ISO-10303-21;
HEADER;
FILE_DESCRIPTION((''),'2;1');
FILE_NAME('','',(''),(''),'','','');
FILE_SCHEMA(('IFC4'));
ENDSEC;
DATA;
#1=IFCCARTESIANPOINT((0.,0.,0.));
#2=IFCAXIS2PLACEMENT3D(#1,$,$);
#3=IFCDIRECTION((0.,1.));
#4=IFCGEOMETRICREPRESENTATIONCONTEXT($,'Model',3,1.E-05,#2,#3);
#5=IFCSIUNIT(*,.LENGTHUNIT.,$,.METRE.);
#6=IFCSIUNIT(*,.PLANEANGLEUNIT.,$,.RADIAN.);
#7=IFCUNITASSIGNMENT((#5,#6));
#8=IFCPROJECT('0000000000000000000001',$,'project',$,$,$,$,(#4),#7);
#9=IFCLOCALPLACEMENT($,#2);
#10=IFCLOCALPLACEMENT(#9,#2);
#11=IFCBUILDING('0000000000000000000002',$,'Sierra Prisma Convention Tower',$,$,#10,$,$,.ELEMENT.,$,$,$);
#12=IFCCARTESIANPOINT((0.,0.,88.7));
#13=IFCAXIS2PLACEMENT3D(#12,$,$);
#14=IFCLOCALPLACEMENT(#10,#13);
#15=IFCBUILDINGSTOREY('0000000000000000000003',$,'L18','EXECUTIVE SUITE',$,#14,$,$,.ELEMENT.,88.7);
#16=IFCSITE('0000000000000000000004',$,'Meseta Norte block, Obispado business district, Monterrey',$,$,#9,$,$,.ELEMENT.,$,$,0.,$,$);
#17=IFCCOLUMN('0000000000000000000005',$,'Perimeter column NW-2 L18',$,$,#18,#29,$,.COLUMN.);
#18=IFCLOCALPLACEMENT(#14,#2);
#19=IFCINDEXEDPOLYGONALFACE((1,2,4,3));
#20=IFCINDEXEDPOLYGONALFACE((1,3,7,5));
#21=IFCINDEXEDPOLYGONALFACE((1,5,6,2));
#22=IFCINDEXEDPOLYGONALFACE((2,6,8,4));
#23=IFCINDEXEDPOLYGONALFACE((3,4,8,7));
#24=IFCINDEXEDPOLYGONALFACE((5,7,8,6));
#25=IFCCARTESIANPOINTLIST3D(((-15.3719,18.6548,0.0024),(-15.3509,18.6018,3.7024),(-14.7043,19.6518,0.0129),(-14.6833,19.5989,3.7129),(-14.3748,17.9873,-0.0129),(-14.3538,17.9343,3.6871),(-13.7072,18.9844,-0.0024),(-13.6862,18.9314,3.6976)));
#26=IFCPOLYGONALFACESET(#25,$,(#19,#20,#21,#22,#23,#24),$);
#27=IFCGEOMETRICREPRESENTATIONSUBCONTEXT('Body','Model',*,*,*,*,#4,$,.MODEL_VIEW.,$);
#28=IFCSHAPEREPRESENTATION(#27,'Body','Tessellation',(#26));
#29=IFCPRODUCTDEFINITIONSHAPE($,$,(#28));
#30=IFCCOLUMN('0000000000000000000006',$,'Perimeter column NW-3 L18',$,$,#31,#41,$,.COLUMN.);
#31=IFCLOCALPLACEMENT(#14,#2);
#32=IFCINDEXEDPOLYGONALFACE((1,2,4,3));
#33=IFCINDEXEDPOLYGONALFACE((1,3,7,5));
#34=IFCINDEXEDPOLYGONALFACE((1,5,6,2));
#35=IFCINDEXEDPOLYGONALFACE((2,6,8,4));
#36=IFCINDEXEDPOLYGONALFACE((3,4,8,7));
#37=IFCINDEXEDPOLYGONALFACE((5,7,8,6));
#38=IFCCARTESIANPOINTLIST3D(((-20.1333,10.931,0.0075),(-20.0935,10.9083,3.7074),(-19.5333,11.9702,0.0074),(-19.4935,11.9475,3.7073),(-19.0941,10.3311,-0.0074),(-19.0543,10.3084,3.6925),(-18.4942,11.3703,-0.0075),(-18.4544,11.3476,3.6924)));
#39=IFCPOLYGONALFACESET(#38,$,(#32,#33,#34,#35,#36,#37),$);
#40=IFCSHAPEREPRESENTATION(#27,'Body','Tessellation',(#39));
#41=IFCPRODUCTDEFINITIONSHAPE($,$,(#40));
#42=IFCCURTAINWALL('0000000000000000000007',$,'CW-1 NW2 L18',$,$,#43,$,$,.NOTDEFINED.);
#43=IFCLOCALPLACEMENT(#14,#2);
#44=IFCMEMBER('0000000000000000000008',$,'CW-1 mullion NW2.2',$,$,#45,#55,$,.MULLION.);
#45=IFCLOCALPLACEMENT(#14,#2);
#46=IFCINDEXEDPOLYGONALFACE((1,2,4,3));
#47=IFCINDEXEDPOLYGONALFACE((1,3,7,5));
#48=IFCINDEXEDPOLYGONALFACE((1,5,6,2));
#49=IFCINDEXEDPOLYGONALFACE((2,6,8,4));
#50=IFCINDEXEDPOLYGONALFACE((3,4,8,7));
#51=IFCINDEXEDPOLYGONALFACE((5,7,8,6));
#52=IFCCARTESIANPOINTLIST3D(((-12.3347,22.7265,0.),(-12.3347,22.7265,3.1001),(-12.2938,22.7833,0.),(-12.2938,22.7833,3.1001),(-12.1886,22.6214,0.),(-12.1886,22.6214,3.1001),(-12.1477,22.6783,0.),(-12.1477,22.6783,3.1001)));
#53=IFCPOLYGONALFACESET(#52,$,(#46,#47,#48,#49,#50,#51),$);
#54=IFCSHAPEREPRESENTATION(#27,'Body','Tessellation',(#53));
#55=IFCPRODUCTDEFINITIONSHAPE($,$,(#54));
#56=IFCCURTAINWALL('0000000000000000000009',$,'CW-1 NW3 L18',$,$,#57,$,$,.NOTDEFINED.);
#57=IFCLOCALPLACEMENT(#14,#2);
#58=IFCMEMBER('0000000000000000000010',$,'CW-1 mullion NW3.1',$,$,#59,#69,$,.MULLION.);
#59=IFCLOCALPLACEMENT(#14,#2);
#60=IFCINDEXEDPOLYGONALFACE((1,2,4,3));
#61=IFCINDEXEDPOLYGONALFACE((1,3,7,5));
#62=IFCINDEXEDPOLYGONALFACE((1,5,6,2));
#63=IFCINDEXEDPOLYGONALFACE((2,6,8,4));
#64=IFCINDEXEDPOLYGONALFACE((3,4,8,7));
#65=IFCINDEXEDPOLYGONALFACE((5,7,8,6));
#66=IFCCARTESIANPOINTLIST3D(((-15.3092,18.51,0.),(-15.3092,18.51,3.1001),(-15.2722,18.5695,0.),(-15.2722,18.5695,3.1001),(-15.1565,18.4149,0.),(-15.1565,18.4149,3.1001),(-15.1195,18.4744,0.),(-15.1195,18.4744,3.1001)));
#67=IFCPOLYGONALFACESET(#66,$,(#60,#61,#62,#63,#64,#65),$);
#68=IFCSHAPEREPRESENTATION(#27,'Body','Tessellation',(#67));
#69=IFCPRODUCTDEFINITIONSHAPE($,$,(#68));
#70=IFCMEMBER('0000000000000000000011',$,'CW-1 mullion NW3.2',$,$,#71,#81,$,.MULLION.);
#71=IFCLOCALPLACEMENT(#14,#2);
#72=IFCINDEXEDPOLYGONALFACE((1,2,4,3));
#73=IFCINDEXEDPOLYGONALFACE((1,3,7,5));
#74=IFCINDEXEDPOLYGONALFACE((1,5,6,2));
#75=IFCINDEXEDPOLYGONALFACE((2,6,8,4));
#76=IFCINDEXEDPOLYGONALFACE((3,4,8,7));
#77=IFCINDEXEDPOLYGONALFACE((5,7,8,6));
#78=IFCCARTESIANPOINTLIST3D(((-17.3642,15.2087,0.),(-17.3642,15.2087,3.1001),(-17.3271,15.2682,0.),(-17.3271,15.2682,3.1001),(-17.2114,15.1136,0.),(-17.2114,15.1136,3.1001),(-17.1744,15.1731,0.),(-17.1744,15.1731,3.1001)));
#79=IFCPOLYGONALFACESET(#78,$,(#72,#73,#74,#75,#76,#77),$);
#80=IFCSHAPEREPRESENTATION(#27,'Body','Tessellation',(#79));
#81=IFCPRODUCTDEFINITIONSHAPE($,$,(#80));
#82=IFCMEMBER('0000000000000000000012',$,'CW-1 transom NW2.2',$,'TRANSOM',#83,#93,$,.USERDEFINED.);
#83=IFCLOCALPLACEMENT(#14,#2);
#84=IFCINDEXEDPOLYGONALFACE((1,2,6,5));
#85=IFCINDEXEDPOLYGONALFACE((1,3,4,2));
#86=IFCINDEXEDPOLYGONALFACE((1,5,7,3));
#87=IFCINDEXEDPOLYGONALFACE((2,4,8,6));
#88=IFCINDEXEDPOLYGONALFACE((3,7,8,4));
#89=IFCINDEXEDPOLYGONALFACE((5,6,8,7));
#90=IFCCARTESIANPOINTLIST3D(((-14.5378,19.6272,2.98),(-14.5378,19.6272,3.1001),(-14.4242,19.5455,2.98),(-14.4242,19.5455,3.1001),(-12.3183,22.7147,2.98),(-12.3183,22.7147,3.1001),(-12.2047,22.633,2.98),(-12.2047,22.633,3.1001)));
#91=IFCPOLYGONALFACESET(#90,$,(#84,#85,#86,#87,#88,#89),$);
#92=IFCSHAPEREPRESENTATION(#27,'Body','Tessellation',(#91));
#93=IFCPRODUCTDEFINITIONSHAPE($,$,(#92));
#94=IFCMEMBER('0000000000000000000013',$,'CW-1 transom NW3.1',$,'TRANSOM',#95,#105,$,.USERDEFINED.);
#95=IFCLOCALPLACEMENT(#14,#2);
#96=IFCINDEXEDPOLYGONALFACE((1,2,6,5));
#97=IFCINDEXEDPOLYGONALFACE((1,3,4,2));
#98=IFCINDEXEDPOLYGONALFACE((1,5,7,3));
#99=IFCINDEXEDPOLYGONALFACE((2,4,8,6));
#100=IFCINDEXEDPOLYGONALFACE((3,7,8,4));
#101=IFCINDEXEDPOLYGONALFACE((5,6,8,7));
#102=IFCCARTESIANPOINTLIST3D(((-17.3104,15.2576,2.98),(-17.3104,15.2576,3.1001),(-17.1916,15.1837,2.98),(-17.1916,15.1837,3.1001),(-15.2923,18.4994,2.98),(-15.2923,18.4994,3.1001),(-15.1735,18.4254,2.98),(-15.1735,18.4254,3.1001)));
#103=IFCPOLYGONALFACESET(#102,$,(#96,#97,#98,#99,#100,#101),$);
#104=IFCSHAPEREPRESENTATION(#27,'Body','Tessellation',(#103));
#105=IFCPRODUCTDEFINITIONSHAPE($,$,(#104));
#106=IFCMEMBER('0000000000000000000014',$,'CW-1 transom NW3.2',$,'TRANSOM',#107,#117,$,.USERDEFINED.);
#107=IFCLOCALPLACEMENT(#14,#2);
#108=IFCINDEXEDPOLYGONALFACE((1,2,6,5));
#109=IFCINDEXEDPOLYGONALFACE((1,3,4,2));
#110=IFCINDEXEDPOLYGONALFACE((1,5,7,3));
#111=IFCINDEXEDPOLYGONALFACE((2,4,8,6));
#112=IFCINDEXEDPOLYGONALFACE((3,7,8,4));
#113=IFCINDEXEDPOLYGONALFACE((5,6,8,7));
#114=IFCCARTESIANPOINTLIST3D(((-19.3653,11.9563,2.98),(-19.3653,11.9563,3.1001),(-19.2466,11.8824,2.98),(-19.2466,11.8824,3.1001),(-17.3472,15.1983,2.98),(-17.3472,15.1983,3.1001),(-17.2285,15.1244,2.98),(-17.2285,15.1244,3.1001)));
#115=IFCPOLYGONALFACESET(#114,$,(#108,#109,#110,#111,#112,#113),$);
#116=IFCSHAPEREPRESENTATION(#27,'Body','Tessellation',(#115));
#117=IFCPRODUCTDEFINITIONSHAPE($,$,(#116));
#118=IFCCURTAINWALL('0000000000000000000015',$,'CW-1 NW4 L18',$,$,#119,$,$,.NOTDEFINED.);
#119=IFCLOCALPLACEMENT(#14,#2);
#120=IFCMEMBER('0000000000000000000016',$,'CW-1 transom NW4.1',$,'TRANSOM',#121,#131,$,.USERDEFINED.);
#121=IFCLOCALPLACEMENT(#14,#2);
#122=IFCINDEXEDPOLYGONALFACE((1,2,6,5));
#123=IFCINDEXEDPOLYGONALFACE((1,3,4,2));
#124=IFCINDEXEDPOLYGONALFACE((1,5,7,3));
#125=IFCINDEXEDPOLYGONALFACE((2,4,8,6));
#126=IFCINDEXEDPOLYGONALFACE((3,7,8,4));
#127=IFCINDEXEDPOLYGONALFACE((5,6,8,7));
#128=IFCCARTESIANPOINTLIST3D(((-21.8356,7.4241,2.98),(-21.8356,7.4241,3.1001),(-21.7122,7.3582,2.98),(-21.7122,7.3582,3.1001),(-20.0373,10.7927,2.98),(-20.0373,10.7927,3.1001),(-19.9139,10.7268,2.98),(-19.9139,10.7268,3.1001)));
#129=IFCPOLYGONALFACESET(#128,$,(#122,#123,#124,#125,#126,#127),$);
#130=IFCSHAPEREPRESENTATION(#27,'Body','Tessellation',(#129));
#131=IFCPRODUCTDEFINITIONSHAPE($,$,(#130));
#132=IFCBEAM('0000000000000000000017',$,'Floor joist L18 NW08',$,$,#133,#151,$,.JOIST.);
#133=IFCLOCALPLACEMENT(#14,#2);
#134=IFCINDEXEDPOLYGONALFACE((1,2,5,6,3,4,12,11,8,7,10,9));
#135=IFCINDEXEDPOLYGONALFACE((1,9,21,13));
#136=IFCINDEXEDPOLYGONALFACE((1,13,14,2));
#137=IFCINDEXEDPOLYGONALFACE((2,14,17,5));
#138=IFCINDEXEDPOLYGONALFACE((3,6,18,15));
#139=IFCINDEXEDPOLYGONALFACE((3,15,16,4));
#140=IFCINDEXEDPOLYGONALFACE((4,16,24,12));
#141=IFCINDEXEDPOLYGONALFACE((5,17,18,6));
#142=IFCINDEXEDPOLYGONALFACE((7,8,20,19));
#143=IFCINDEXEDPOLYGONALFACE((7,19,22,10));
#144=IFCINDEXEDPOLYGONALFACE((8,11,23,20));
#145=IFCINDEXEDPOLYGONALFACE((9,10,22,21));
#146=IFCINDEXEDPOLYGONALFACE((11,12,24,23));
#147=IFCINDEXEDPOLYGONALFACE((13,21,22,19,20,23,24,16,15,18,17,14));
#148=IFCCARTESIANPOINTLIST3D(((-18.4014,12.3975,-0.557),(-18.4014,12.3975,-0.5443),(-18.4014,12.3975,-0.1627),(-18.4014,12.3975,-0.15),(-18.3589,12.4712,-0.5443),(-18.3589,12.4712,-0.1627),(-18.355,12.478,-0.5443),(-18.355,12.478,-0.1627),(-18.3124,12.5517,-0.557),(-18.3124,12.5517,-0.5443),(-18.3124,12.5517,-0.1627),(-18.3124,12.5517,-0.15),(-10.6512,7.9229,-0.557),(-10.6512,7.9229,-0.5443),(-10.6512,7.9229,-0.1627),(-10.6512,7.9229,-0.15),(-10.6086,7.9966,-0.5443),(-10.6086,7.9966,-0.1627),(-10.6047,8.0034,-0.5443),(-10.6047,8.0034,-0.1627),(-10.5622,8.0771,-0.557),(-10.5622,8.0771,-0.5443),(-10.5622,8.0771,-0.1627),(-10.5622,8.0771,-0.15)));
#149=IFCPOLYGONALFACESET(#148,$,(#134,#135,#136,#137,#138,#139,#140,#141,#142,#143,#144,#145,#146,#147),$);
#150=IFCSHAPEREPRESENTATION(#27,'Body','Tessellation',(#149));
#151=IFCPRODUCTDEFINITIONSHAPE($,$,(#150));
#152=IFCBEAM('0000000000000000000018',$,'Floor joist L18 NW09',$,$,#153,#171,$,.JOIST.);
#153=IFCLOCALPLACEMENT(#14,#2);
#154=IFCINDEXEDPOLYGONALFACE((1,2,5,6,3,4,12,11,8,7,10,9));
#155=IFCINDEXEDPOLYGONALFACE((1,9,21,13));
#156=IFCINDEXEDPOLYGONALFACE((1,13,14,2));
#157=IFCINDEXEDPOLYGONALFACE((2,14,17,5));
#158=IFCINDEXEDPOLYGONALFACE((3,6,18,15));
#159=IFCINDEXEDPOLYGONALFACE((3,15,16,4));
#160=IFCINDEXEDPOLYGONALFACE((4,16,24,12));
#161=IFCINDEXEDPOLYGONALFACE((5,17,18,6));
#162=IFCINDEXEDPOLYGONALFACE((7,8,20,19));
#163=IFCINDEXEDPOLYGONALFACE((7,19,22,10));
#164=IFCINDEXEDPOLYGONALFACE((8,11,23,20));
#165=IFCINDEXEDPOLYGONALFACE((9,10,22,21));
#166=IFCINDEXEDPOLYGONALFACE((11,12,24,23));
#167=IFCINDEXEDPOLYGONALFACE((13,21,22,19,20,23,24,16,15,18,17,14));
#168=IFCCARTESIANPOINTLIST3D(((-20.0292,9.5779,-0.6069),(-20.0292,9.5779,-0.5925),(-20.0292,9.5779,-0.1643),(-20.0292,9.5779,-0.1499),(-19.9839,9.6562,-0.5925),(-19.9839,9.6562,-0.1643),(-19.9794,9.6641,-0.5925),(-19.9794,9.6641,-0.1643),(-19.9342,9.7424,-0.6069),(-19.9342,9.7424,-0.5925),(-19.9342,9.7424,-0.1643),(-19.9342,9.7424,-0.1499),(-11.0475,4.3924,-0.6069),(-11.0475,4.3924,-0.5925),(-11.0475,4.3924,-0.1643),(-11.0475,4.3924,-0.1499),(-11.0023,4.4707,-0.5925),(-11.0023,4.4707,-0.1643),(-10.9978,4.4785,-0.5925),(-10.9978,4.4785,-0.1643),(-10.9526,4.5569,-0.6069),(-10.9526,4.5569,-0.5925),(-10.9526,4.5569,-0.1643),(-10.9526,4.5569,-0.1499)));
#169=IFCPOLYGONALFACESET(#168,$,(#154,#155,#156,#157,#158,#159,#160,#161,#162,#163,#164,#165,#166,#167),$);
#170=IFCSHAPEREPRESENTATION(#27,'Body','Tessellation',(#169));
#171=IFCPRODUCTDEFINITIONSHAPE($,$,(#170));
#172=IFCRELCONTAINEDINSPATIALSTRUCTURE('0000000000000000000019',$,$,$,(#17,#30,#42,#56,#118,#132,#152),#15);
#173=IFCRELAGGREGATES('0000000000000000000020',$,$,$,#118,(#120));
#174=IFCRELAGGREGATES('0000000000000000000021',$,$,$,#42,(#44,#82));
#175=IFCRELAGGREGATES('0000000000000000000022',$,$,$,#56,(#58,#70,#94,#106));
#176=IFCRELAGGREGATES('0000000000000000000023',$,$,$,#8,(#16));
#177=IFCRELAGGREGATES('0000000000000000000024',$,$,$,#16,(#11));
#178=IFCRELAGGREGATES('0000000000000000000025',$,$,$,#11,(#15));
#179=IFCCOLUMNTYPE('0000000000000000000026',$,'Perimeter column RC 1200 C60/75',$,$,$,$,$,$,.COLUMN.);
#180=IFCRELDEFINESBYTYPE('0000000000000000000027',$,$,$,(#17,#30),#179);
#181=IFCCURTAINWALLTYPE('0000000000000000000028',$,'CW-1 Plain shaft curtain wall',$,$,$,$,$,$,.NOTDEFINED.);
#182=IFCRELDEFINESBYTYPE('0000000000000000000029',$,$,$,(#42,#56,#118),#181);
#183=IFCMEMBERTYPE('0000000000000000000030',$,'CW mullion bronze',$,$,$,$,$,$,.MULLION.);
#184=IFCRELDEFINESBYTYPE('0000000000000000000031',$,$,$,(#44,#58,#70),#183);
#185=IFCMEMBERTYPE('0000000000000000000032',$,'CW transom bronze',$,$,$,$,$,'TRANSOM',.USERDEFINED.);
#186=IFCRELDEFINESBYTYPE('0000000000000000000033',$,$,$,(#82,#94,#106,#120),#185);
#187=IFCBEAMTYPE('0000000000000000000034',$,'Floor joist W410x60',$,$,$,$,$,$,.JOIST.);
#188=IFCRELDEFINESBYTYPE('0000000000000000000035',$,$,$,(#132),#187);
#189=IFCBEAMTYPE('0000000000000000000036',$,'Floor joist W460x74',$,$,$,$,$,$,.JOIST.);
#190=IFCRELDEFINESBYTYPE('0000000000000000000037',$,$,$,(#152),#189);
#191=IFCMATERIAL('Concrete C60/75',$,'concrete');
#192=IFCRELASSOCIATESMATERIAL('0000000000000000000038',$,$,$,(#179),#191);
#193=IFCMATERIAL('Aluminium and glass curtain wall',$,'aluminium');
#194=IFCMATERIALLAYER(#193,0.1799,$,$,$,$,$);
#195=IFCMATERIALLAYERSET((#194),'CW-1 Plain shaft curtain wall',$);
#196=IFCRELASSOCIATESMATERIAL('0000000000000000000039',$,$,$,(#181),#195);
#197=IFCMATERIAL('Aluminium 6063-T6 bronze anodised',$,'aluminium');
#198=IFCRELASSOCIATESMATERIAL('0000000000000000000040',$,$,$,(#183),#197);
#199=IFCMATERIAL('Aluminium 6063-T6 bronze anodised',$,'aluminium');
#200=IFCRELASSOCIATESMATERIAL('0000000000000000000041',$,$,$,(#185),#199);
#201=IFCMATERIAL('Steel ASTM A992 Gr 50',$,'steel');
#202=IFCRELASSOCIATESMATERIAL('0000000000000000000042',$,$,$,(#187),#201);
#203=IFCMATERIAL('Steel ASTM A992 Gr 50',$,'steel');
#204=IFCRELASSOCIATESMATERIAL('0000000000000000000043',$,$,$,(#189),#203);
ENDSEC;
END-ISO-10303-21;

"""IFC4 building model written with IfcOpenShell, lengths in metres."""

from ifc_helpers import new_model, si_unit, direction, frame, origin, origin_2d, place, context, subcontext, project, spatial, rectangle, i_section, extrude, material, layer, layer_set, material_profile, profile_set, type_object, element, aggregate, save


model = new_model("IFC4")

# Units and contexts
model_context = context("Model", 3, precision=1e-05, world=origin(), true_north=direction((0.0, 1.0)))
body_context = subcontext(model_context, "Body", "Model", "MODEL_VIEW")
ifc_project = project(units=[si_unit("LENGTHUNIT", "METRE"), si_unit("PLANEANGLEUNIT", "RADIAN")], contexts=[model_context])

# Site, building, storey
site_placement = place(None, origin())
site = spatial("IfcSite", under=ifc_project, at=site_placement, Name="Meseta Norte block, Obispado business district, Monterrey", CompositionType="ELEMENT", RefElevation=0.0)
building_placement = place(site_placement, origin())
building = spatial("IfcBuilding", under=site, at=building_placement, Name="Sierra Prisma Convention Tower", CompositionType="ELEMENT")
storey_placement = place(building_placement, frame((0.0, 0.0, 88.7)))
storey = spatial("IfcBuildingStorey", under=building, at=storey_placement, Name="L18", Description="EXECUTIVE SUITE", CompositionType="ELEMENT", Elevation=88.7)

# Columns
ifc_material_1 = material(Name="Concrete C60/75", Category="concrete")
ifc_material_profile_1 = material_profile(ifc_material_1, rectangle(XDim=1.2, YDim=1.2, at=origin_2d()), Name="Perimeter column RC 1200 C60/75")
ifc_profile_set_1 = profile_set([ifc_material_profile_1], Name="Concrete C60/75")
column_type = type_object("IfcColumnType", Name="Perimeter column RC 1200 C60/75", PredefinedType="COLUMN", material=ifc_profile_set_1)
column_1_placement = place(storey_placement, frame((-14.5396, 18.8196, 0.0), z_axis=(0.005674, -0.014317, 0.999881), x_axis=(0.556366, 0.830891, 0.00874)))
element("IfcColumn", 1, at=column_1_placement, inside=storey, type_object=column_type, Name="Perimeter column NW-2 L18", PredefinedType="COLUMN", context=body_context, shape_type="SweptSolid", body=[
    extrude(rectangle(XDim=1.2, YDim=1.2, at=origin_2d()), origin(), (0.0, 0.0, 1.0), 3.7004),
])
column_2_placement = place(storey_placement, frame((-19.3137, 11.1506, 0.0), z_axis=(0.010755, -0.006136, 0.999923), x_axis=(0.499971, 0.866042, -0.000063)))
element("IfcColumn", 2, at=column_2_placement, inside=storey, type_object=column_type, Name="Perimeter column NW-3 L18", PredefinedType="COLUMN", context=body_context, shape_type="SweptSolid", body=[
    extrude(rectangle(XDim=1.2, YDim=1.2, at=origin_2d()), origin(), (0.0, 0.0, 1.0), 3.7002),
])

# Curtain wall, member
ifc_material_2 = material(Name="Aluminium and glass curtain wall", Category="aluminium")
ifc_layer_1 = layer(ifc_material_2, 0.1799)
ifc_layer_set_1 = layer_set([ifc_layer_1], Name="CW-1 Plain shaft curtain wall")
curtain_wall_type = type_object("IfcCurtainWallType", Name="CW-1 Plain shaft curtain wall", PredefinedType="NOTDEFINED", material=ifc_layer_set_1)
curtain_wall_1_placement = place(storey_placement, origin())
curtain_wall_1 = element("IfcCurtainWall", 3, at=curtain_wall_1_placement, inside=storey, type_object=curtain_wall_type, Name="CW-1 NW2 L18", PredefinedType="NOTDEFINED")
ifc_material_3 = material(Name="Aluminium 6063-T6 bronze anodised", Category="aluminium")
ifc_material_profile_2 = material_profile(ifc_material_3, rectangle(XDim=0.1799, YDim=0.0701, at=origin_2d()), Name="ALU MULLION 70x180")
ifc_profile_set_2 = profile_set([ifc_material_profile_2], Name="Aluminium 6063-T6 bronze anodised")
member_type_1 = type_object("IfcMemberType", Name="CW mullion bronze", PredefinedType="MULLION", material=ifc_profile_set_2)
member_1_placement = place(storey_placement, frame((-12.2412, 22.7024, 0.0), z_axis=(0.0, 0.0, 1.0), x_axis=(0.811999, -0.583659, 0.0)))
member_1 = element("IfcMember", 4, at=member_1_placement, type_object=member_type_1, Name="CW-1 mullion NW2.2", PredefinedType="MULLION", context=body_context, shape_type="SweptSolid", body=[
    extrude(rectangle(XDim=0.1799, YDim=0.0701, at=origin_2d()), origin(), (0.0, 0.0, 1.0), 3.1001),
])

# Curtain wall, members
curtain_wall_2_placement = place(storey_placement, origin())
curtain_wall_2 = element("IfcCurtainWall", 5, at=curtain_wall_2_placement, inside=storey, type_object=curtain_wall_type, Name="CW-1 NW3 L18", PredefinedType="NOTDEFINED")
member_2_placement = place(storey_placement, frame((-15.2144, 18.4922, 0.0), z_axis=(0.0, 0.0, 1.0), x_axis=(0.848946, -0.528479, 0.0)))
member_2 = element("IfcMember", 6, at=member_2_placement, type_object=member_type_1, Name="CW-1 mullion NW3.1", PredefinedType="MULLION", context=body_context, shape_type="SweptSolid", body=[
    extrude(rectangle(XDim=0.1799, YDim=0.0701, at=origin_2d()), origin(), (0.0, 0.0, 1.0), 3.1001),
])
member_3_placement = place(storey_placement, frame((-17.2693, 15.1909, 0.0), z_axis=(0.0, 0.0, 1.0), x_axis=(0.848946, -0.528479, 0.0)))
member_3 = element("IfcMember", 7, at=member_3_placement, type_object=member_type_1, Name="CW-1 mullion NW3.2", PredefinedType="MULLION", context=body_context, shape_type="SweptSolid", body=[
    extrude(rectangle(XDim=0.1799, YDim=0.0701, at=origin_2d()), origin(), (0.0, 0.0, 1.0), 3.1001),
])

# Members
ifc_material_4 = material(Name="Aluminium 6063-T6 bronze anodised", Category="aluminium")
ifc_material_profile_3 = material_profile(ifc_material_4, rectangle(XDim=0.1399, YDim=0.1201, at=origin_2d()), Name="ALU TRANSOM 120x140")
ifc_profile_set_3 = profile_set([ifc_material_profile_3], Name="Aluminium 6063-T6 bronze anodised")
member_type_2 = type_object("IfcMemberType", Name="CW transom bronze", ElementType="TRANSOM", PredefinedType="USERDEFINED", material=ifc_profile_set_3)
member_4_placement = place(storey_placement, frame((-12.2615, 22.6738, 3.04), z_axis=(-0.583707, -0.811964, 0.0), x_axis=(0.811964, -0.583707, 0.0)))
member_4 = element("IfcMember", 8, at=member_4_placement, type_object=member_type_2, Name="CW-1 transom NW2.2", ObjectType="TRANSOM", PredefinedType="USERDEFINED", context=body_context, shape_type="SweptSolid", body=[
    extrude(rectangle(XDim=0.1399, YDim=0.1201, at=origin_2d()), origin(), (0.0, 0.0, 1.0), 3.8025),
])
member_5_placement = place(storey_placement, frame((-15.2329, 18.4624, 3.04), z_axis=(-0.528492, -0.848938, 0.0), x_axis=(0.848938, -0.528492, 0.0)))
member_5 = element("IfcMember", 9, at=member_5_placement, type_object=member_type_2, Name="CW-1 transom NW3.1", ObjectType="TRANSOM", PredefinedType="USERDEFINED", context=body_context, shape_type="SweptSolid", body=[
    extrude(rectangle(XDim=0.1399, YDim=0.1201, at=origin_2d()), origin(), (0.0, 0.0, 1.0), 3.8186),
])
member_6_placement = place(storey_placement, frame((-17.2878, 15.1614, 3.04), z_axis=(-0.528464, -0.848956, 0.0), x_axis=(0.848956, -0.528464, 0.0)))
member_6 = element("IfcMember", 10, at=member_6_placement, type_object=member_type_2, Name="CW-1 transom NW3.2", ObjectType="TRANSOM", PredefinedType="USERDEFINED", context=body_context, shape_type="SweptSolid", body=[
    extrude(rectangle(XDim=0.1399, YDim=0.1201, at=origin_2d()), origin(), (0.0, 0.0, 1.0), 3.8188),
])

# Curtain wall, member
curtain_wall_3_placement = place(storey_placement, origin())
curtain_wall_3 = element("IfcCurtainWall", 11, at=curtain_wall_3_placement, inside=storey, type_object=curtain_wall_type, Name="CW-1 NW4 L18", PredefinedType="NOTDEFINED")
member_7_placement = place(storey_placement, frame((-19.9756, 10.7598, 3.04), z_axis=(-0.47094, -0.882165, 0.0), x_axis=(0.882165, -0.47094, 0.0)))
member_7 = element("IfcMember", 12, at=member_7_placement, type_object=member_type_2, Name="CW-1 transom NW4.1", ObjectType="TRANSOM", PredefinedType="USERDEFINED", context=body_context, shape_type="SweptSolid", body=[
    extrude(rectangle(XDim=0.1399, YDim=0.1201, at=origin_2d()), origin(), (0.0, 0.0, 1.0), 3.8186),
])
aggregate(curtain_wall_3, [member_7])

# Beams
ifc_material_5 = material(Name="Steel ASTM A992 Gr 50", Category="steel")
ifc_material_profile_4 = material_profile(ifc_material_5, i_section(OverallWidth=0.178, OverallDepth=0.407, WebThickness=0.0078, FlangeThickness=0.0127, at=origin_2d()), Name="W410x60")
ifc_profile_set_4 = profile_set([ifc_material_profile_4], Name="Steel ASTM A992 Gr 50")
beam_type_1 = type_object("IfcBeamType", Name="Floor joist W410x60", PredefinedType="JOIST", material=ifc_profile_set_4)
beam_1_placement = place(storey_placement, frame((-18.3569, 12.4746, -0.3535), z_axis=(0.866025, -0.5, 0.0), x_axis=(0.5, 0.866025, 0.0)))
element("IfcBeam", 13, at=beam_1_placement, inside=storey, type_object=beam_type_1, Name="Floor joist L18 NW08", PredefinedType="JOIST", context=body_context, shape_type="SweptSolid", body=[
    extrude(i_section(OverallWidth=0.178, OverallDepth=0.407, WebThickness=0.0078, FlangeThickness=0.0127, at=origin_2d()), origin(), (0.0, 0.0, 1.0), 8.9492),
])
ifc_material_6 = material(Name="Steel ASTM A992 Gr 50", Category="steel")
ifc_material_profile_5 = material_profile(ifc_material_6, i_section(OverallWidth=0.1899, OverallDepth=0.457, WebThickness=0.009, FlangeThickness=0.0144, at=origin_2d()), Name="W460x74")
ifc_profile_set_5 = profile_set([ifc_material_profile_5], Name="Steel ASTM A992 Gr 50")
beam_type_2 = type_object("IfcBeamType", Name="Floor joist W460x74", PredefinedType="JOIST", material=ifc_profile_set_5)
beam_2_placement = place(storey_placement, frame((-19.9817, 9.6602, -0.3784), z_axis=(0.866027, -0.499998, 0.0), x_axis=(0.499998, 0.866027, 0.0)))
element("IfcBeam", 14, at=beam_2_placement, inside=storey, type_object=beam_type_2, Name="Floor joist L18 NW09", PredefinedType="JOIST", context=body_context, shape_type="SweptSolid", body=[
    extrude(i_section(OverallWidth=0.1899, OverallDepth=0.457, WebThickness=0.009, FlangeThickness=0.0144, at=origin_2d()), origin(), (0.0, 0.0, 1.0), 10.3711),
])

aggregate(curtain_wall_1, [member_1, member_4])
aggregate(curtain_wall_2, [member_2, member_3, member_5, member_6])

save(model, "model.ifc")
